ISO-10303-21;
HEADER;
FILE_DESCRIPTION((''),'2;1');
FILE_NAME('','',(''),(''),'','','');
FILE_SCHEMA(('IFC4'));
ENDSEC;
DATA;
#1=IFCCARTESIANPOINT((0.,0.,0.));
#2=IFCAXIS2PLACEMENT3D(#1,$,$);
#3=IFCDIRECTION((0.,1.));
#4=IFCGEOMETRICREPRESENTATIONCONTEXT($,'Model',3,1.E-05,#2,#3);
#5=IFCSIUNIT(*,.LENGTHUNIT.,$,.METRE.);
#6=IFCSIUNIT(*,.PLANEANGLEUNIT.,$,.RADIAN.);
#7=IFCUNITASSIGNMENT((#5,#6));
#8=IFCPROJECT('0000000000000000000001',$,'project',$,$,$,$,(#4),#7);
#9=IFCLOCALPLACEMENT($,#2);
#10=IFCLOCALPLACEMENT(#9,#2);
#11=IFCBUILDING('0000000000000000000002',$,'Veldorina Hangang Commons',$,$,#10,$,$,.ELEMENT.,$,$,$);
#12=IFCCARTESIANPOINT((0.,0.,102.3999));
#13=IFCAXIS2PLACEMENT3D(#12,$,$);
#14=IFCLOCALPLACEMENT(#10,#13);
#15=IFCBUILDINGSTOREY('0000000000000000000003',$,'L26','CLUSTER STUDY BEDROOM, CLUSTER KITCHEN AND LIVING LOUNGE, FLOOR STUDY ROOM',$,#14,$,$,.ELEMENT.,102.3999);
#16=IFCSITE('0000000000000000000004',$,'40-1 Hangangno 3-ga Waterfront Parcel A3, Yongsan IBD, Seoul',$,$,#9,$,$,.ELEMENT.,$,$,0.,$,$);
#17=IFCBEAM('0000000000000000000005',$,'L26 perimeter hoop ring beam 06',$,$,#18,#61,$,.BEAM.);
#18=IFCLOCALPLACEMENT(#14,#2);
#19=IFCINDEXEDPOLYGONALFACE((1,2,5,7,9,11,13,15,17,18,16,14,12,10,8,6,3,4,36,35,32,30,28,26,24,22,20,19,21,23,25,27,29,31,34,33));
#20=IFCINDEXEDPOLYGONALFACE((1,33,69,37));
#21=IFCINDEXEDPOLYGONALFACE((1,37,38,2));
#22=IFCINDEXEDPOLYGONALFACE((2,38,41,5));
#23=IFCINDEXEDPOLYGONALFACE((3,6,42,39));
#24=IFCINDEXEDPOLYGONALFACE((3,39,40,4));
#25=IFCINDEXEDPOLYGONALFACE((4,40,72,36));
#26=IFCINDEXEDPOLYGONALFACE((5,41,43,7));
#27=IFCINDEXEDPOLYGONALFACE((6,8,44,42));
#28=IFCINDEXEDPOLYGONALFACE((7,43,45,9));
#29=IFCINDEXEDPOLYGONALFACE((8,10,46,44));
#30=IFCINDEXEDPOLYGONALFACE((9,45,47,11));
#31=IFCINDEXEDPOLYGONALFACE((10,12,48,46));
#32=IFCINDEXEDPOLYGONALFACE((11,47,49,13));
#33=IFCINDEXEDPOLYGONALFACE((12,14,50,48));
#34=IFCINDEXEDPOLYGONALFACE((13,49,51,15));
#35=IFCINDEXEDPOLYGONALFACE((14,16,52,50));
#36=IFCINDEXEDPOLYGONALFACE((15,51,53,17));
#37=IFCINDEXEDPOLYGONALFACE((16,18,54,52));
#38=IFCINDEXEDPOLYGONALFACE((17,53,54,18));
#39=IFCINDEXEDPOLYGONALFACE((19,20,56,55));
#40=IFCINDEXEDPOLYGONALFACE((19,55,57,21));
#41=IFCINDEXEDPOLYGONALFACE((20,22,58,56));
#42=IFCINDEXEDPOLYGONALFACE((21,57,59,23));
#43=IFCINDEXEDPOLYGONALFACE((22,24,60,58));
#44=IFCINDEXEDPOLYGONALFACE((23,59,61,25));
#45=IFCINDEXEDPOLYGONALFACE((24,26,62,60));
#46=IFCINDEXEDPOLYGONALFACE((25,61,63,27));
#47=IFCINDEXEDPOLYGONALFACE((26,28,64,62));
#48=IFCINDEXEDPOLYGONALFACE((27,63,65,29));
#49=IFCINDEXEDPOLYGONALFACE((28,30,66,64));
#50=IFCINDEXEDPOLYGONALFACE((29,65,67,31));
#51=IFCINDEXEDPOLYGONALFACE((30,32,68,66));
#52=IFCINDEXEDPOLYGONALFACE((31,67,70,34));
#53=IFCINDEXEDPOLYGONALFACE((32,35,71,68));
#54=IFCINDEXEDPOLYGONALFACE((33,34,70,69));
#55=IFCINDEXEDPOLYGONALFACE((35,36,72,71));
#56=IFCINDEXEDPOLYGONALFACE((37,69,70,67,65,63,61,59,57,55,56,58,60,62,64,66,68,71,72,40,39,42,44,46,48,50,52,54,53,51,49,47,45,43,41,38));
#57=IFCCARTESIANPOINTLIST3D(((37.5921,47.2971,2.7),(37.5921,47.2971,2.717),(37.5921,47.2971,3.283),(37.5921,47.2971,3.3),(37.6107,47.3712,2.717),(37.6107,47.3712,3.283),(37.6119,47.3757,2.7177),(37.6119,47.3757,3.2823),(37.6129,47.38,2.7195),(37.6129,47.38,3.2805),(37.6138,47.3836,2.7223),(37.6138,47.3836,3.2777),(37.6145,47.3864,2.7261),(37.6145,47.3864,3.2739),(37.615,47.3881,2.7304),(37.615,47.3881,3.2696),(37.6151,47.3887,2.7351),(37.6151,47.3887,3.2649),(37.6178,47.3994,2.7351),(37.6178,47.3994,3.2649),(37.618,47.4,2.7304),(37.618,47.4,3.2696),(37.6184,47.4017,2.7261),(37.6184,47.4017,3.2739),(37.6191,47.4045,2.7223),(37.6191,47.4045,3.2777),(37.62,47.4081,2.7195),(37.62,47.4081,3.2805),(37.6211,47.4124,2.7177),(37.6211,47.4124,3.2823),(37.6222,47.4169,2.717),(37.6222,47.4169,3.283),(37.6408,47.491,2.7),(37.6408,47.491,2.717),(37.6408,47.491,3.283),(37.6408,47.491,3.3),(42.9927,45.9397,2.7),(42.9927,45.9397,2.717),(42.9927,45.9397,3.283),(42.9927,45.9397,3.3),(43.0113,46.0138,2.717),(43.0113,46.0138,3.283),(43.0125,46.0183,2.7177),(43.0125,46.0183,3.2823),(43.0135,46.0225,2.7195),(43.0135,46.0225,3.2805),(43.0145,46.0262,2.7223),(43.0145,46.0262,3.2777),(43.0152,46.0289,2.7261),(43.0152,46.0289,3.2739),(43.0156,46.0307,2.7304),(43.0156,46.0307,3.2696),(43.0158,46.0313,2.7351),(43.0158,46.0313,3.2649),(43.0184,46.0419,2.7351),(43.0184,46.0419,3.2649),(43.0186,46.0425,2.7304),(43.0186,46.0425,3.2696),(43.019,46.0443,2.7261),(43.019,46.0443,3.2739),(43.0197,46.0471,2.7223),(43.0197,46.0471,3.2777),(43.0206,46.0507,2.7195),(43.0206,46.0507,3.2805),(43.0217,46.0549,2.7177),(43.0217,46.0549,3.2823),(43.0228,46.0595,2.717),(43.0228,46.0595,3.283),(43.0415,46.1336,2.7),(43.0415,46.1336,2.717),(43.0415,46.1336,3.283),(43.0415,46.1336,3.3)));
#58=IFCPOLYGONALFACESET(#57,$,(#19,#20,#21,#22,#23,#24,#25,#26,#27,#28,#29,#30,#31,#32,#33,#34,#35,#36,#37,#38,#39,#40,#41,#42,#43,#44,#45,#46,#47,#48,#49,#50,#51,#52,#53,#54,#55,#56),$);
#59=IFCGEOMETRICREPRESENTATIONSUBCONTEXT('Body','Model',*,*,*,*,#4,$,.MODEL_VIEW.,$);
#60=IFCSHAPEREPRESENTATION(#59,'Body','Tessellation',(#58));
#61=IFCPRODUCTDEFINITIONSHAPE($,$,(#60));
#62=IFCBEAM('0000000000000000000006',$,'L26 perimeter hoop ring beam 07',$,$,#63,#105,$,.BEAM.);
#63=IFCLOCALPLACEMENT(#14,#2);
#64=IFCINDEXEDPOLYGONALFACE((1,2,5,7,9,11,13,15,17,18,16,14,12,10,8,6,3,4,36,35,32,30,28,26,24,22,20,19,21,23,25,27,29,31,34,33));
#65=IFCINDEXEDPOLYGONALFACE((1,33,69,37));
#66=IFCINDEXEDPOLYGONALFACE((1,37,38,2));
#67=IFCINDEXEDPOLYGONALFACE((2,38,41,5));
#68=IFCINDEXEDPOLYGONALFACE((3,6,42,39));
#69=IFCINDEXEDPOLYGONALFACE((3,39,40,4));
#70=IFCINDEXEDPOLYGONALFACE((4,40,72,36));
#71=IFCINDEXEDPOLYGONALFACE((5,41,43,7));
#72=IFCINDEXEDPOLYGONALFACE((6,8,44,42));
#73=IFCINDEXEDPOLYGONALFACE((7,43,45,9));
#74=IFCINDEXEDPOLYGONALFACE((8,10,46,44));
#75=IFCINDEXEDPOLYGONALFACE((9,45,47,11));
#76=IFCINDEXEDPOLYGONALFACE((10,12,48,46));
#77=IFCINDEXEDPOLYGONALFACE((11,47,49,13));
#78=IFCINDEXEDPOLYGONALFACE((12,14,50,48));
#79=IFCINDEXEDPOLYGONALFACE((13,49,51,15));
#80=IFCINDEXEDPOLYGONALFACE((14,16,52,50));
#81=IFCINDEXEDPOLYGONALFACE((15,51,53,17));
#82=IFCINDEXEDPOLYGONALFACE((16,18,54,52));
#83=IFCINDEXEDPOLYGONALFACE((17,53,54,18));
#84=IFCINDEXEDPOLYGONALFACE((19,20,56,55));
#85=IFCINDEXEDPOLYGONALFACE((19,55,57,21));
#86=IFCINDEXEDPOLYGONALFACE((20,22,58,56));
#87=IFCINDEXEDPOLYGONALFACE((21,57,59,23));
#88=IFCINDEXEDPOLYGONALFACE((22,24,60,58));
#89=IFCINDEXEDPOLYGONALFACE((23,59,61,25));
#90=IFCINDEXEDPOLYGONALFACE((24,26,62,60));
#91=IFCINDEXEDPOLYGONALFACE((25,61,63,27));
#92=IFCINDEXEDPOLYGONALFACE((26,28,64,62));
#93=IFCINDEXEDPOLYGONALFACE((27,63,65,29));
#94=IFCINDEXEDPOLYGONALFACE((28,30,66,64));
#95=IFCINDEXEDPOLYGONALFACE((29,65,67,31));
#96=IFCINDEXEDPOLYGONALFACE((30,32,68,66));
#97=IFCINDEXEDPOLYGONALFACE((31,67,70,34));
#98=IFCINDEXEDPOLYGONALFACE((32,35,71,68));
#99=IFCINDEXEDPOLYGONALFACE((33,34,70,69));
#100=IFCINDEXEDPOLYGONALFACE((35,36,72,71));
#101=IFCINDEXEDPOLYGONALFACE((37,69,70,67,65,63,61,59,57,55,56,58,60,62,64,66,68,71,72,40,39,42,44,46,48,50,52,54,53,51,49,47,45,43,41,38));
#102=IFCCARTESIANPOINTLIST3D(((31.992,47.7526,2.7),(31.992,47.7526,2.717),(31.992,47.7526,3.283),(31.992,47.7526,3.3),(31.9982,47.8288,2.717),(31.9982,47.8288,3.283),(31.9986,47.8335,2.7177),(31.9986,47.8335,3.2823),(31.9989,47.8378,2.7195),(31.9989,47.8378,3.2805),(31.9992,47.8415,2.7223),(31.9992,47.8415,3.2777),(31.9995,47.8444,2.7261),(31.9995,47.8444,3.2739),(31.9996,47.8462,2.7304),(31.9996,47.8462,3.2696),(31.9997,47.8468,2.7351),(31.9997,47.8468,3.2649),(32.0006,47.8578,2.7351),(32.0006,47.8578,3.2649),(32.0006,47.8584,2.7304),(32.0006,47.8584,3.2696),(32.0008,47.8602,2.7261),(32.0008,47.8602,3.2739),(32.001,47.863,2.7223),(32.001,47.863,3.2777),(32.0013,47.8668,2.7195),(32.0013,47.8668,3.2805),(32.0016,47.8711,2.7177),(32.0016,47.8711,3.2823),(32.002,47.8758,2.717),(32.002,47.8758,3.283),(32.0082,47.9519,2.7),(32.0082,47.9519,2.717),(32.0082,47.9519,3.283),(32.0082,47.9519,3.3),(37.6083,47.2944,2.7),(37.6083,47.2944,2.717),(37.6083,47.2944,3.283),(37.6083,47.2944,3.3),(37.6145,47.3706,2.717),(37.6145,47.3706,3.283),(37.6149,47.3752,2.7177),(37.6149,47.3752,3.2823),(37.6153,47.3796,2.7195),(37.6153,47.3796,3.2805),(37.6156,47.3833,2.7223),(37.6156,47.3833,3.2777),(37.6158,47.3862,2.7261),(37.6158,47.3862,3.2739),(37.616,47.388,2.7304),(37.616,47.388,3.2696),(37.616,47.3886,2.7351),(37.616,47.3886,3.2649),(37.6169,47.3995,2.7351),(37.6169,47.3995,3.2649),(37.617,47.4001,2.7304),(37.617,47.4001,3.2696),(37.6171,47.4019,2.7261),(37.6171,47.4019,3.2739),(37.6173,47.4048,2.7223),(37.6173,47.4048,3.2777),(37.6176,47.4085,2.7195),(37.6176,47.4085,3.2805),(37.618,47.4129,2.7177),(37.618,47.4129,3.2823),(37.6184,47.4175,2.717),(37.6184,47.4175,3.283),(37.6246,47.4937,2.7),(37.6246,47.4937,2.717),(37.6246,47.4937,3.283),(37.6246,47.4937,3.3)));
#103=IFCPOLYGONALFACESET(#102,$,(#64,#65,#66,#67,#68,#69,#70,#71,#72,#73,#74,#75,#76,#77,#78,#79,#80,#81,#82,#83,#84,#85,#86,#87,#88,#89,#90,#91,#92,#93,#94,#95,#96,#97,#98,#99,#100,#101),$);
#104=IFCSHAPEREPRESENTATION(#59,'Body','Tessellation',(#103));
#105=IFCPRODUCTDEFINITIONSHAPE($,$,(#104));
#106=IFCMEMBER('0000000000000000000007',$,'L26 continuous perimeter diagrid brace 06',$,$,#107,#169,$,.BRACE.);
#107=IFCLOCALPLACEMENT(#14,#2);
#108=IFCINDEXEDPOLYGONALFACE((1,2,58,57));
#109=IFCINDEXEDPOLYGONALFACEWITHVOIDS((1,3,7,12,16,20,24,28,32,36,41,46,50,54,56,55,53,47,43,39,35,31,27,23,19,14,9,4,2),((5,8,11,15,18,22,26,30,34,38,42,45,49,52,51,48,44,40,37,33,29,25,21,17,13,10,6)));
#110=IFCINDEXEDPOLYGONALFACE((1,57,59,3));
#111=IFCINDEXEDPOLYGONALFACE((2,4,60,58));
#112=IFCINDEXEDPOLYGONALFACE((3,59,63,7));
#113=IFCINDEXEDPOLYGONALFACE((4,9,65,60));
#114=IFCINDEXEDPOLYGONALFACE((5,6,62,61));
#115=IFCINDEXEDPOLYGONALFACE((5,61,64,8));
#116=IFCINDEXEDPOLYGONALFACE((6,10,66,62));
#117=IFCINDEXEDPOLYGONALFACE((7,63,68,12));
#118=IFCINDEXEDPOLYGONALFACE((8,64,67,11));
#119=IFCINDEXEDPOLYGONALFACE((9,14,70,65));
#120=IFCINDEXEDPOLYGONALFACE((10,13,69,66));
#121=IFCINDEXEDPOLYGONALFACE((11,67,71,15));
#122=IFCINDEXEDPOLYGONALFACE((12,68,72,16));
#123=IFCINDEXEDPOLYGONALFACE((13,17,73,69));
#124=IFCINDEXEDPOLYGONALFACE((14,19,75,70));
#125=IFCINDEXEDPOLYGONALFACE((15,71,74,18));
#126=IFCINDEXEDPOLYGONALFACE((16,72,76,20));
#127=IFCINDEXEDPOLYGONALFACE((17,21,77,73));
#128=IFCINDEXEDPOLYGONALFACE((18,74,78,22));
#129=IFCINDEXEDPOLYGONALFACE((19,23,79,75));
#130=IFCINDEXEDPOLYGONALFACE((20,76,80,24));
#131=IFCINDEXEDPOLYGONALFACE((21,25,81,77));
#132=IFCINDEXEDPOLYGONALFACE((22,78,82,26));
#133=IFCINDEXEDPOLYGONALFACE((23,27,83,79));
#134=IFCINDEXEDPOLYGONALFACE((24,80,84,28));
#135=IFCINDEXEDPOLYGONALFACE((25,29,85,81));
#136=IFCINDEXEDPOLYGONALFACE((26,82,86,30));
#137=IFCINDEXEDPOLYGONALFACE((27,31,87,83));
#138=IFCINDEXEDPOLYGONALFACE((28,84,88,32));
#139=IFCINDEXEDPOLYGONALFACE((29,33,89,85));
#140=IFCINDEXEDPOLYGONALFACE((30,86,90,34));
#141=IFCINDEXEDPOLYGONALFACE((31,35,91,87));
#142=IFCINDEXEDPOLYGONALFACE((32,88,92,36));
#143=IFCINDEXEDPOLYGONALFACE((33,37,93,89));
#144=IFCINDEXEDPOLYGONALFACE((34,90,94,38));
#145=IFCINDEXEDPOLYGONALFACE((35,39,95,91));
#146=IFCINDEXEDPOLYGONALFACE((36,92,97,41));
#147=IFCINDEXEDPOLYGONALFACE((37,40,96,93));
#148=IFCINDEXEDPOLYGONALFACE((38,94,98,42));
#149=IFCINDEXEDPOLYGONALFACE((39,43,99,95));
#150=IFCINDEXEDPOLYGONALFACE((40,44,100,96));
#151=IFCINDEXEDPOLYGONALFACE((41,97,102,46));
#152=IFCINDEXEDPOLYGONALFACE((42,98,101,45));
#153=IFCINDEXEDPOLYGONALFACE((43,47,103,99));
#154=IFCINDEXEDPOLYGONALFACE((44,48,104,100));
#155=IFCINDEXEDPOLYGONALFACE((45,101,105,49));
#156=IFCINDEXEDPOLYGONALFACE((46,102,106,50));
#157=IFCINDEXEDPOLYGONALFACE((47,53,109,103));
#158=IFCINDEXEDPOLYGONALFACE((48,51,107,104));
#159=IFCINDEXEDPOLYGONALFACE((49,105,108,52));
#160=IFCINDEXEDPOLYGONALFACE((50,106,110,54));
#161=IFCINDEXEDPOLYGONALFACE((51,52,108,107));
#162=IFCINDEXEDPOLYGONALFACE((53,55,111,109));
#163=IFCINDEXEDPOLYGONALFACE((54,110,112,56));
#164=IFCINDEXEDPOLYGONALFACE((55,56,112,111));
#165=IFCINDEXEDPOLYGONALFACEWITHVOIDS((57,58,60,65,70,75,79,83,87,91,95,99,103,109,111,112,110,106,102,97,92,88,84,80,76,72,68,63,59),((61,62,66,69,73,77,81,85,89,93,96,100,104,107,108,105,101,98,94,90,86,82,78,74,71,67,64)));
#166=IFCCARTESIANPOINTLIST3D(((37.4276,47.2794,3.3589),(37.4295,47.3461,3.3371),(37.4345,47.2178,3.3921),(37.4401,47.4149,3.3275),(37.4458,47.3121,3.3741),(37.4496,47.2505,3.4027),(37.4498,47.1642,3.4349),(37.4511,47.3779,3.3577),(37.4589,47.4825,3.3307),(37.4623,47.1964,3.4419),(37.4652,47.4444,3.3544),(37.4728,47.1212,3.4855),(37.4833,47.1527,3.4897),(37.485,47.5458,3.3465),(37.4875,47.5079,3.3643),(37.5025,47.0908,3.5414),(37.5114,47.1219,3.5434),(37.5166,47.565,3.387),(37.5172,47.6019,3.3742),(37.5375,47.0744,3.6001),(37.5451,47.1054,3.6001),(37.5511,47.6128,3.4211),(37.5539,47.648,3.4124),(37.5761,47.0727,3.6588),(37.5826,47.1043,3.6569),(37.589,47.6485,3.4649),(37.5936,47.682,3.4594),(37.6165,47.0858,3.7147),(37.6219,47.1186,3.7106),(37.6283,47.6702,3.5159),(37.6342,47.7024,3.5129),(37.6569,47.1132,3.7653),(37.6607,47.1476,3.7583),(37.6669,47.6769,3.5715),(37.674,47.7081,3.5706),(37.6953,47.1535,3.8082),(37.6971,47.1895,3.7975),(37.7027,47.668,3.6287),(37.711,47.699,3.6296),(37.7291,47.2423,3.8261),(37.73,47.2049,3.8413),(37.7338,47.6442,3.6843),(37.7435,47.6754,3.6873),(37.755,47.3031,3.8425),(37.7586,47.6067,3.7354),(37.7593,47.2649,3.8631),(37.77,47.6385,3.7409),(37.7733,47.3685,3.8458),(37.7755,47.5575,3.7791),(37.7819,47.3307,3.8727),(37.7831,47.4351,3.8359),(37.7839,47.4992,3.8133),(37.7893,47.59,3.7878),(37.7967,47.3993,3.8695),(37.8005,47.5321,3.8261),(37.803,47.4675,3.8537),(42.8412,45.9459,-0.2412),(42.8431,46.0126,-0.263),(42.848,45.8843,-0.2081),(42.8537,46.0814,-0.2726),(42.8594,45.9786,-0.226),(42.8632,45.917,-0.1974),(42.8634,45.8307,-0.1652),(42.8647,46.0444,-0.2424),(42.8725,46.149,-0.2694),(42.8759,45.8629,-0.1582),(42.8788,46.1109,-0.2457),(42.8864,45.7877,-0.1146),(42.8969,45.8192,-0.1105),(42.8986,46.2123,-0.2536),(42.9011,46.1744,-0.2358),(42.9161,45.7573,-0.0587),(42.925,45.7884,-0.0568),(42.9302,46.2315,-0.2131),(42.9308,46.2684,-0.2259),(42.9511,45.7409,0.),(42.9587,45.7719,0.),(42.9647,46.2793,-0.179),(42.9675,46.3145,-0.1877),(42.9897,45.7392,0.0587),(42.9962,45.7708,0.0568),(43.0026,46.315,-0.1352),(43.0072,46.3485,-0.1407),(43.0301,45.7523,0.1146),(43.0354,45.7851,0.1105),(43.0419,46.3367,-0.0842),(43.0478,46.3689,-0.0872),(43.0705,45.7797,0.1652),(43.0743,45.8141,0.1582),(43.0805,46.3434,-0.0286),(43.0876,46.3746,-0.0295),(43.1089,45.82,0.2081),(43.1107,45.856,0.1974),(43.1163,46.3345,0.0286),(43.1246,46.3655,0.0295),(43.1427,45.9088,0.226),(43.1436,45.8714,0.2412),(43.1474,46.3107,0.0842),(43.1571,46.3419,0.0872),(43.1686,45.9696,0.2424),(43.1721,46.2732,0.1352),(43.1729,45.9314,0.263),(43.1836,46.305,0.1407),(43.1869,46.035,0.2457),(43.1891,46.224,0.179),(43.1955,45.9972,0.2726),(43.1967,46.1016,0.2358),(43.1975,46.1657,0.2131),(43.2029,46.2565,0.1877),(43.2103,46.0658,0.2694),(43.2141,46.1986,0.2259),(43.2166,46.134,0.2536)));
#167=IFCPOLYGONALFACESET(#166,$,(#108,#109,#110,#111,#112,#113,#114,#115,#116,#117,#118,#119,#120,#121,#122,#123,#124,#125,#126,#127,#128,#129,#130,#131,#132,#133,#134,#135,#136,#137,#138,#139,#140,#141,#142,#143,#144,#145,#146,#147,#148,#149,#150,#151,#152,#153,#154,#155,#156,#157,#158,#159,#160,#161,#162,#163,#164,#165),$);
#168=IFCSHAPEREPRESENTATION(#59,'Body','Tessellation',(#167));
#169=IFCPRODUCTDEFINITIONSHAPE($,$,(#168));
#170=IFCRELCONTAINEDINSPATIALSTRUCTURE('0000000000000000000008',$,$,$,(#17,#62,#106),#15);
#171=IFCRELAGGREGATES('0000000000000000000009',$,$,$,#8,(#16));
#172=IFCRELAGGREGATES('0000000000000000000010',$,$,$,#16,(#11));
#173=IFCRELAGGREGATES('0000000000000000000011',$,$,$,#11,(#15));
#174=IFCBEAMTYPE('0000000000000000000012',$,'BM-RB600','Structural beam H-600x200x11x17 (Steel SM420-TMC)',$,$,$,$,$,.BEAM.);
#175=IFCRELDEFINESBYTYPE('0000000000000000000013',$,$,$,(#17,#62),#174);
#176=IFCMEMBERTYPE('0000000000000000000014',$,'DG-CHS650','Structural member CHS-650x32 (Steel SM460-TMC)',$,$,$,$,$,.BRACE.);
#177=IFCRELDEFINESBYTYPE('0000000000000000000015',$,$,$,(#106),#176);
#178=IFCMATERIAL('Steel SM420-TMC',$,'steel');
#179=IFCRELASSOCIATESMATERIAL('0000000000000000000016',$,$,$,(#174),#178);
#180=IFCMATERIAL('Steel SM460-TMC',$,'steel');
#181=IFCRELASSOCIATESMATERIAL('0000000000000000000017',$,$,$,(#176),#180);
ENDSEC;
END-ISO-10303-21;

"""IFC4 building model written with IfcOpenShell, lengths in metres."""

from ifc_helpers import new_model, si_unit, direction, frame, origin, origin_2d, place, context, subcontext, project, spatial, hollow_circle, i_section, extrude, material, material_profile, profile_set, type_object, element, save


model = new_model("IFC4")

# Units and contexts
model_context = context("Model", 3, precision=1e-05, world=origin(), true_north=direction((0.0, 1.0)))
body_context = subcontext(model_context, "Body", "Model", "MODEL_VIEW")
ifc_project = project(units=[si_unit("LENGTHUNIT", "METRE"), si_unit("PLANEANGLEUNIT", "RADIAN")], contexts=[model_context])

# Site, building, storey
site_placement = place(None, origin())
site = spatial("IfcSite", under=ifc_project, at=site_placement, Name="40-1 Hangangno 3-ga Waterfront Parcel A3, Yongsan IBD, Seoul", CompositionType="ELEMENT", RefElevation=0.0)
building_placement = place(site_placement, origin())
building = spatial("IfcBuilding", under=site, at=building_placement, Name="Veldorina Hangang Commons", CompositionType="ELEMENT")
storey_placement = place(building_placement, frame((0.0, 0.0, 102.3999)))
storey = spatial("IfcBuildingStorey", under=building, at=storey_placement, Name="L26", Description="CLUSTER STUDY BEDROOM, CLUSTER KITCHEN AND LIVING LOUNGE, FLOOR STUDY ROOM", CompositionType="ELEMENT", Elevation=102.3999)

# Beams
ifc_material_1 = material(Name="Steel SM420-TMC", Category="steel")
ifc_material_profile_1 = material_profile(ifc_material_1, i_section(OverallWidth=0.2, OverallDepth=0.6001, WebThickness=0.011, FlangeThickness=0.0171, FilletRadius=0.0181, at=origin_2d()), Name="H-600x200x11x17")
ifc_profile_set_1 = profile_set([ifc_material_profile_1], Name="Steel SM420-TMC")
beam_type = type_object("IfcBeamType", Name="BM-RB600", Description="Structural beam H-600x200x11x17 (Steel SM420-TMC)", PredefinedType="BEAM", material=ifc_profile_set_1)
beam_1_placement = place(storey_placement, frame((43.0171, 46.0366, 3.0), z_axis=(-0.969835, 0.243763, 0.0), x_axis=(-0.243763, -0.969835, 0.0)))
element("IfcBeam", 1, at=beam_1_placement, inside=storey, type_object=beam_type, Name="L26 perimeter hoop ring beam 06", PredefinedType="BEAM", context=body_context, shape_type="SweptSolid", body=[
    extrude(i_section(OverallWidth=0.2, OverallDepth=0.6001, WebThickness=0.011, FlangeThickness=0.0171, FilletRadius=0.0181, at=origin_2d()), origin(), (0.0, 0.0, 1.0), 5.5686),
])
beam_2_placement = place(storey_placement, frame((37.6165, 47.394, 3.0), z_axis=(-0.996688, 0.081321, 0.0), x_axis=(-0.081321, -0.996688, 0.0)))
element("IfcBeam", 2, at=beam_2_placement, inside=storey, type_object=beam_type, Name="L26 perimeter hoop ring beam 07", PredefinedType="BEAM", context=body_context, shape_type="SweptSolid", body=[
    extrude(i_section(OverallWidth=0.2, OverallDepth=0.6001, WebThickness=0.011, FlangeThickness=0.0171, FilletRadius=0.0181, at=origin_2d()), origin(), (0.0, 0.0, 1.0), 5.635),
])

# Member
ifc_material_2 = material(Name="Steel SM460-TMC", Category="steel")
ifc_material_profile_2 = material_profile(ifc_material_2, hollow_circle(Radius=0.325, WallThickness=0.032, at=origin_2d()), Name="CHS-650x32")
ifc_profile_set_2 = profile_set([ifc_material_profile_2], Name="Steel SM460-TMC")
member_type_1 = type_object("IfcMemberType", Name="DG-CHS650", Description="Structural member CHS-650x32 (Steel SM460-TMC)", PredefinedType="BRACE", material=ifc_profile_set_2)
member_1_placement = place(storey_placement, frame((43.0288, 46.0564, 0.0), z_axis=(-0.815704, 0.200928, 0.542454), x_axis=(-0.239175, -0.970976, 0.0)))
element("IfcMember", 3, at=member_1_placement, inside=storey, type_object=member_type_1, Name="L26 continuous perimeter diagrid brace 06", PredefinedType="BRACE", context=body_context, shape_type="SweptSolid", body=[
    extrude(hollow_circle(Radius=0.325, WallThickness=0.032, at=origin_2d()), origin(), (0.0, 0.0, 1.0), 6.6367),
])

save(model, "model.ifc")
